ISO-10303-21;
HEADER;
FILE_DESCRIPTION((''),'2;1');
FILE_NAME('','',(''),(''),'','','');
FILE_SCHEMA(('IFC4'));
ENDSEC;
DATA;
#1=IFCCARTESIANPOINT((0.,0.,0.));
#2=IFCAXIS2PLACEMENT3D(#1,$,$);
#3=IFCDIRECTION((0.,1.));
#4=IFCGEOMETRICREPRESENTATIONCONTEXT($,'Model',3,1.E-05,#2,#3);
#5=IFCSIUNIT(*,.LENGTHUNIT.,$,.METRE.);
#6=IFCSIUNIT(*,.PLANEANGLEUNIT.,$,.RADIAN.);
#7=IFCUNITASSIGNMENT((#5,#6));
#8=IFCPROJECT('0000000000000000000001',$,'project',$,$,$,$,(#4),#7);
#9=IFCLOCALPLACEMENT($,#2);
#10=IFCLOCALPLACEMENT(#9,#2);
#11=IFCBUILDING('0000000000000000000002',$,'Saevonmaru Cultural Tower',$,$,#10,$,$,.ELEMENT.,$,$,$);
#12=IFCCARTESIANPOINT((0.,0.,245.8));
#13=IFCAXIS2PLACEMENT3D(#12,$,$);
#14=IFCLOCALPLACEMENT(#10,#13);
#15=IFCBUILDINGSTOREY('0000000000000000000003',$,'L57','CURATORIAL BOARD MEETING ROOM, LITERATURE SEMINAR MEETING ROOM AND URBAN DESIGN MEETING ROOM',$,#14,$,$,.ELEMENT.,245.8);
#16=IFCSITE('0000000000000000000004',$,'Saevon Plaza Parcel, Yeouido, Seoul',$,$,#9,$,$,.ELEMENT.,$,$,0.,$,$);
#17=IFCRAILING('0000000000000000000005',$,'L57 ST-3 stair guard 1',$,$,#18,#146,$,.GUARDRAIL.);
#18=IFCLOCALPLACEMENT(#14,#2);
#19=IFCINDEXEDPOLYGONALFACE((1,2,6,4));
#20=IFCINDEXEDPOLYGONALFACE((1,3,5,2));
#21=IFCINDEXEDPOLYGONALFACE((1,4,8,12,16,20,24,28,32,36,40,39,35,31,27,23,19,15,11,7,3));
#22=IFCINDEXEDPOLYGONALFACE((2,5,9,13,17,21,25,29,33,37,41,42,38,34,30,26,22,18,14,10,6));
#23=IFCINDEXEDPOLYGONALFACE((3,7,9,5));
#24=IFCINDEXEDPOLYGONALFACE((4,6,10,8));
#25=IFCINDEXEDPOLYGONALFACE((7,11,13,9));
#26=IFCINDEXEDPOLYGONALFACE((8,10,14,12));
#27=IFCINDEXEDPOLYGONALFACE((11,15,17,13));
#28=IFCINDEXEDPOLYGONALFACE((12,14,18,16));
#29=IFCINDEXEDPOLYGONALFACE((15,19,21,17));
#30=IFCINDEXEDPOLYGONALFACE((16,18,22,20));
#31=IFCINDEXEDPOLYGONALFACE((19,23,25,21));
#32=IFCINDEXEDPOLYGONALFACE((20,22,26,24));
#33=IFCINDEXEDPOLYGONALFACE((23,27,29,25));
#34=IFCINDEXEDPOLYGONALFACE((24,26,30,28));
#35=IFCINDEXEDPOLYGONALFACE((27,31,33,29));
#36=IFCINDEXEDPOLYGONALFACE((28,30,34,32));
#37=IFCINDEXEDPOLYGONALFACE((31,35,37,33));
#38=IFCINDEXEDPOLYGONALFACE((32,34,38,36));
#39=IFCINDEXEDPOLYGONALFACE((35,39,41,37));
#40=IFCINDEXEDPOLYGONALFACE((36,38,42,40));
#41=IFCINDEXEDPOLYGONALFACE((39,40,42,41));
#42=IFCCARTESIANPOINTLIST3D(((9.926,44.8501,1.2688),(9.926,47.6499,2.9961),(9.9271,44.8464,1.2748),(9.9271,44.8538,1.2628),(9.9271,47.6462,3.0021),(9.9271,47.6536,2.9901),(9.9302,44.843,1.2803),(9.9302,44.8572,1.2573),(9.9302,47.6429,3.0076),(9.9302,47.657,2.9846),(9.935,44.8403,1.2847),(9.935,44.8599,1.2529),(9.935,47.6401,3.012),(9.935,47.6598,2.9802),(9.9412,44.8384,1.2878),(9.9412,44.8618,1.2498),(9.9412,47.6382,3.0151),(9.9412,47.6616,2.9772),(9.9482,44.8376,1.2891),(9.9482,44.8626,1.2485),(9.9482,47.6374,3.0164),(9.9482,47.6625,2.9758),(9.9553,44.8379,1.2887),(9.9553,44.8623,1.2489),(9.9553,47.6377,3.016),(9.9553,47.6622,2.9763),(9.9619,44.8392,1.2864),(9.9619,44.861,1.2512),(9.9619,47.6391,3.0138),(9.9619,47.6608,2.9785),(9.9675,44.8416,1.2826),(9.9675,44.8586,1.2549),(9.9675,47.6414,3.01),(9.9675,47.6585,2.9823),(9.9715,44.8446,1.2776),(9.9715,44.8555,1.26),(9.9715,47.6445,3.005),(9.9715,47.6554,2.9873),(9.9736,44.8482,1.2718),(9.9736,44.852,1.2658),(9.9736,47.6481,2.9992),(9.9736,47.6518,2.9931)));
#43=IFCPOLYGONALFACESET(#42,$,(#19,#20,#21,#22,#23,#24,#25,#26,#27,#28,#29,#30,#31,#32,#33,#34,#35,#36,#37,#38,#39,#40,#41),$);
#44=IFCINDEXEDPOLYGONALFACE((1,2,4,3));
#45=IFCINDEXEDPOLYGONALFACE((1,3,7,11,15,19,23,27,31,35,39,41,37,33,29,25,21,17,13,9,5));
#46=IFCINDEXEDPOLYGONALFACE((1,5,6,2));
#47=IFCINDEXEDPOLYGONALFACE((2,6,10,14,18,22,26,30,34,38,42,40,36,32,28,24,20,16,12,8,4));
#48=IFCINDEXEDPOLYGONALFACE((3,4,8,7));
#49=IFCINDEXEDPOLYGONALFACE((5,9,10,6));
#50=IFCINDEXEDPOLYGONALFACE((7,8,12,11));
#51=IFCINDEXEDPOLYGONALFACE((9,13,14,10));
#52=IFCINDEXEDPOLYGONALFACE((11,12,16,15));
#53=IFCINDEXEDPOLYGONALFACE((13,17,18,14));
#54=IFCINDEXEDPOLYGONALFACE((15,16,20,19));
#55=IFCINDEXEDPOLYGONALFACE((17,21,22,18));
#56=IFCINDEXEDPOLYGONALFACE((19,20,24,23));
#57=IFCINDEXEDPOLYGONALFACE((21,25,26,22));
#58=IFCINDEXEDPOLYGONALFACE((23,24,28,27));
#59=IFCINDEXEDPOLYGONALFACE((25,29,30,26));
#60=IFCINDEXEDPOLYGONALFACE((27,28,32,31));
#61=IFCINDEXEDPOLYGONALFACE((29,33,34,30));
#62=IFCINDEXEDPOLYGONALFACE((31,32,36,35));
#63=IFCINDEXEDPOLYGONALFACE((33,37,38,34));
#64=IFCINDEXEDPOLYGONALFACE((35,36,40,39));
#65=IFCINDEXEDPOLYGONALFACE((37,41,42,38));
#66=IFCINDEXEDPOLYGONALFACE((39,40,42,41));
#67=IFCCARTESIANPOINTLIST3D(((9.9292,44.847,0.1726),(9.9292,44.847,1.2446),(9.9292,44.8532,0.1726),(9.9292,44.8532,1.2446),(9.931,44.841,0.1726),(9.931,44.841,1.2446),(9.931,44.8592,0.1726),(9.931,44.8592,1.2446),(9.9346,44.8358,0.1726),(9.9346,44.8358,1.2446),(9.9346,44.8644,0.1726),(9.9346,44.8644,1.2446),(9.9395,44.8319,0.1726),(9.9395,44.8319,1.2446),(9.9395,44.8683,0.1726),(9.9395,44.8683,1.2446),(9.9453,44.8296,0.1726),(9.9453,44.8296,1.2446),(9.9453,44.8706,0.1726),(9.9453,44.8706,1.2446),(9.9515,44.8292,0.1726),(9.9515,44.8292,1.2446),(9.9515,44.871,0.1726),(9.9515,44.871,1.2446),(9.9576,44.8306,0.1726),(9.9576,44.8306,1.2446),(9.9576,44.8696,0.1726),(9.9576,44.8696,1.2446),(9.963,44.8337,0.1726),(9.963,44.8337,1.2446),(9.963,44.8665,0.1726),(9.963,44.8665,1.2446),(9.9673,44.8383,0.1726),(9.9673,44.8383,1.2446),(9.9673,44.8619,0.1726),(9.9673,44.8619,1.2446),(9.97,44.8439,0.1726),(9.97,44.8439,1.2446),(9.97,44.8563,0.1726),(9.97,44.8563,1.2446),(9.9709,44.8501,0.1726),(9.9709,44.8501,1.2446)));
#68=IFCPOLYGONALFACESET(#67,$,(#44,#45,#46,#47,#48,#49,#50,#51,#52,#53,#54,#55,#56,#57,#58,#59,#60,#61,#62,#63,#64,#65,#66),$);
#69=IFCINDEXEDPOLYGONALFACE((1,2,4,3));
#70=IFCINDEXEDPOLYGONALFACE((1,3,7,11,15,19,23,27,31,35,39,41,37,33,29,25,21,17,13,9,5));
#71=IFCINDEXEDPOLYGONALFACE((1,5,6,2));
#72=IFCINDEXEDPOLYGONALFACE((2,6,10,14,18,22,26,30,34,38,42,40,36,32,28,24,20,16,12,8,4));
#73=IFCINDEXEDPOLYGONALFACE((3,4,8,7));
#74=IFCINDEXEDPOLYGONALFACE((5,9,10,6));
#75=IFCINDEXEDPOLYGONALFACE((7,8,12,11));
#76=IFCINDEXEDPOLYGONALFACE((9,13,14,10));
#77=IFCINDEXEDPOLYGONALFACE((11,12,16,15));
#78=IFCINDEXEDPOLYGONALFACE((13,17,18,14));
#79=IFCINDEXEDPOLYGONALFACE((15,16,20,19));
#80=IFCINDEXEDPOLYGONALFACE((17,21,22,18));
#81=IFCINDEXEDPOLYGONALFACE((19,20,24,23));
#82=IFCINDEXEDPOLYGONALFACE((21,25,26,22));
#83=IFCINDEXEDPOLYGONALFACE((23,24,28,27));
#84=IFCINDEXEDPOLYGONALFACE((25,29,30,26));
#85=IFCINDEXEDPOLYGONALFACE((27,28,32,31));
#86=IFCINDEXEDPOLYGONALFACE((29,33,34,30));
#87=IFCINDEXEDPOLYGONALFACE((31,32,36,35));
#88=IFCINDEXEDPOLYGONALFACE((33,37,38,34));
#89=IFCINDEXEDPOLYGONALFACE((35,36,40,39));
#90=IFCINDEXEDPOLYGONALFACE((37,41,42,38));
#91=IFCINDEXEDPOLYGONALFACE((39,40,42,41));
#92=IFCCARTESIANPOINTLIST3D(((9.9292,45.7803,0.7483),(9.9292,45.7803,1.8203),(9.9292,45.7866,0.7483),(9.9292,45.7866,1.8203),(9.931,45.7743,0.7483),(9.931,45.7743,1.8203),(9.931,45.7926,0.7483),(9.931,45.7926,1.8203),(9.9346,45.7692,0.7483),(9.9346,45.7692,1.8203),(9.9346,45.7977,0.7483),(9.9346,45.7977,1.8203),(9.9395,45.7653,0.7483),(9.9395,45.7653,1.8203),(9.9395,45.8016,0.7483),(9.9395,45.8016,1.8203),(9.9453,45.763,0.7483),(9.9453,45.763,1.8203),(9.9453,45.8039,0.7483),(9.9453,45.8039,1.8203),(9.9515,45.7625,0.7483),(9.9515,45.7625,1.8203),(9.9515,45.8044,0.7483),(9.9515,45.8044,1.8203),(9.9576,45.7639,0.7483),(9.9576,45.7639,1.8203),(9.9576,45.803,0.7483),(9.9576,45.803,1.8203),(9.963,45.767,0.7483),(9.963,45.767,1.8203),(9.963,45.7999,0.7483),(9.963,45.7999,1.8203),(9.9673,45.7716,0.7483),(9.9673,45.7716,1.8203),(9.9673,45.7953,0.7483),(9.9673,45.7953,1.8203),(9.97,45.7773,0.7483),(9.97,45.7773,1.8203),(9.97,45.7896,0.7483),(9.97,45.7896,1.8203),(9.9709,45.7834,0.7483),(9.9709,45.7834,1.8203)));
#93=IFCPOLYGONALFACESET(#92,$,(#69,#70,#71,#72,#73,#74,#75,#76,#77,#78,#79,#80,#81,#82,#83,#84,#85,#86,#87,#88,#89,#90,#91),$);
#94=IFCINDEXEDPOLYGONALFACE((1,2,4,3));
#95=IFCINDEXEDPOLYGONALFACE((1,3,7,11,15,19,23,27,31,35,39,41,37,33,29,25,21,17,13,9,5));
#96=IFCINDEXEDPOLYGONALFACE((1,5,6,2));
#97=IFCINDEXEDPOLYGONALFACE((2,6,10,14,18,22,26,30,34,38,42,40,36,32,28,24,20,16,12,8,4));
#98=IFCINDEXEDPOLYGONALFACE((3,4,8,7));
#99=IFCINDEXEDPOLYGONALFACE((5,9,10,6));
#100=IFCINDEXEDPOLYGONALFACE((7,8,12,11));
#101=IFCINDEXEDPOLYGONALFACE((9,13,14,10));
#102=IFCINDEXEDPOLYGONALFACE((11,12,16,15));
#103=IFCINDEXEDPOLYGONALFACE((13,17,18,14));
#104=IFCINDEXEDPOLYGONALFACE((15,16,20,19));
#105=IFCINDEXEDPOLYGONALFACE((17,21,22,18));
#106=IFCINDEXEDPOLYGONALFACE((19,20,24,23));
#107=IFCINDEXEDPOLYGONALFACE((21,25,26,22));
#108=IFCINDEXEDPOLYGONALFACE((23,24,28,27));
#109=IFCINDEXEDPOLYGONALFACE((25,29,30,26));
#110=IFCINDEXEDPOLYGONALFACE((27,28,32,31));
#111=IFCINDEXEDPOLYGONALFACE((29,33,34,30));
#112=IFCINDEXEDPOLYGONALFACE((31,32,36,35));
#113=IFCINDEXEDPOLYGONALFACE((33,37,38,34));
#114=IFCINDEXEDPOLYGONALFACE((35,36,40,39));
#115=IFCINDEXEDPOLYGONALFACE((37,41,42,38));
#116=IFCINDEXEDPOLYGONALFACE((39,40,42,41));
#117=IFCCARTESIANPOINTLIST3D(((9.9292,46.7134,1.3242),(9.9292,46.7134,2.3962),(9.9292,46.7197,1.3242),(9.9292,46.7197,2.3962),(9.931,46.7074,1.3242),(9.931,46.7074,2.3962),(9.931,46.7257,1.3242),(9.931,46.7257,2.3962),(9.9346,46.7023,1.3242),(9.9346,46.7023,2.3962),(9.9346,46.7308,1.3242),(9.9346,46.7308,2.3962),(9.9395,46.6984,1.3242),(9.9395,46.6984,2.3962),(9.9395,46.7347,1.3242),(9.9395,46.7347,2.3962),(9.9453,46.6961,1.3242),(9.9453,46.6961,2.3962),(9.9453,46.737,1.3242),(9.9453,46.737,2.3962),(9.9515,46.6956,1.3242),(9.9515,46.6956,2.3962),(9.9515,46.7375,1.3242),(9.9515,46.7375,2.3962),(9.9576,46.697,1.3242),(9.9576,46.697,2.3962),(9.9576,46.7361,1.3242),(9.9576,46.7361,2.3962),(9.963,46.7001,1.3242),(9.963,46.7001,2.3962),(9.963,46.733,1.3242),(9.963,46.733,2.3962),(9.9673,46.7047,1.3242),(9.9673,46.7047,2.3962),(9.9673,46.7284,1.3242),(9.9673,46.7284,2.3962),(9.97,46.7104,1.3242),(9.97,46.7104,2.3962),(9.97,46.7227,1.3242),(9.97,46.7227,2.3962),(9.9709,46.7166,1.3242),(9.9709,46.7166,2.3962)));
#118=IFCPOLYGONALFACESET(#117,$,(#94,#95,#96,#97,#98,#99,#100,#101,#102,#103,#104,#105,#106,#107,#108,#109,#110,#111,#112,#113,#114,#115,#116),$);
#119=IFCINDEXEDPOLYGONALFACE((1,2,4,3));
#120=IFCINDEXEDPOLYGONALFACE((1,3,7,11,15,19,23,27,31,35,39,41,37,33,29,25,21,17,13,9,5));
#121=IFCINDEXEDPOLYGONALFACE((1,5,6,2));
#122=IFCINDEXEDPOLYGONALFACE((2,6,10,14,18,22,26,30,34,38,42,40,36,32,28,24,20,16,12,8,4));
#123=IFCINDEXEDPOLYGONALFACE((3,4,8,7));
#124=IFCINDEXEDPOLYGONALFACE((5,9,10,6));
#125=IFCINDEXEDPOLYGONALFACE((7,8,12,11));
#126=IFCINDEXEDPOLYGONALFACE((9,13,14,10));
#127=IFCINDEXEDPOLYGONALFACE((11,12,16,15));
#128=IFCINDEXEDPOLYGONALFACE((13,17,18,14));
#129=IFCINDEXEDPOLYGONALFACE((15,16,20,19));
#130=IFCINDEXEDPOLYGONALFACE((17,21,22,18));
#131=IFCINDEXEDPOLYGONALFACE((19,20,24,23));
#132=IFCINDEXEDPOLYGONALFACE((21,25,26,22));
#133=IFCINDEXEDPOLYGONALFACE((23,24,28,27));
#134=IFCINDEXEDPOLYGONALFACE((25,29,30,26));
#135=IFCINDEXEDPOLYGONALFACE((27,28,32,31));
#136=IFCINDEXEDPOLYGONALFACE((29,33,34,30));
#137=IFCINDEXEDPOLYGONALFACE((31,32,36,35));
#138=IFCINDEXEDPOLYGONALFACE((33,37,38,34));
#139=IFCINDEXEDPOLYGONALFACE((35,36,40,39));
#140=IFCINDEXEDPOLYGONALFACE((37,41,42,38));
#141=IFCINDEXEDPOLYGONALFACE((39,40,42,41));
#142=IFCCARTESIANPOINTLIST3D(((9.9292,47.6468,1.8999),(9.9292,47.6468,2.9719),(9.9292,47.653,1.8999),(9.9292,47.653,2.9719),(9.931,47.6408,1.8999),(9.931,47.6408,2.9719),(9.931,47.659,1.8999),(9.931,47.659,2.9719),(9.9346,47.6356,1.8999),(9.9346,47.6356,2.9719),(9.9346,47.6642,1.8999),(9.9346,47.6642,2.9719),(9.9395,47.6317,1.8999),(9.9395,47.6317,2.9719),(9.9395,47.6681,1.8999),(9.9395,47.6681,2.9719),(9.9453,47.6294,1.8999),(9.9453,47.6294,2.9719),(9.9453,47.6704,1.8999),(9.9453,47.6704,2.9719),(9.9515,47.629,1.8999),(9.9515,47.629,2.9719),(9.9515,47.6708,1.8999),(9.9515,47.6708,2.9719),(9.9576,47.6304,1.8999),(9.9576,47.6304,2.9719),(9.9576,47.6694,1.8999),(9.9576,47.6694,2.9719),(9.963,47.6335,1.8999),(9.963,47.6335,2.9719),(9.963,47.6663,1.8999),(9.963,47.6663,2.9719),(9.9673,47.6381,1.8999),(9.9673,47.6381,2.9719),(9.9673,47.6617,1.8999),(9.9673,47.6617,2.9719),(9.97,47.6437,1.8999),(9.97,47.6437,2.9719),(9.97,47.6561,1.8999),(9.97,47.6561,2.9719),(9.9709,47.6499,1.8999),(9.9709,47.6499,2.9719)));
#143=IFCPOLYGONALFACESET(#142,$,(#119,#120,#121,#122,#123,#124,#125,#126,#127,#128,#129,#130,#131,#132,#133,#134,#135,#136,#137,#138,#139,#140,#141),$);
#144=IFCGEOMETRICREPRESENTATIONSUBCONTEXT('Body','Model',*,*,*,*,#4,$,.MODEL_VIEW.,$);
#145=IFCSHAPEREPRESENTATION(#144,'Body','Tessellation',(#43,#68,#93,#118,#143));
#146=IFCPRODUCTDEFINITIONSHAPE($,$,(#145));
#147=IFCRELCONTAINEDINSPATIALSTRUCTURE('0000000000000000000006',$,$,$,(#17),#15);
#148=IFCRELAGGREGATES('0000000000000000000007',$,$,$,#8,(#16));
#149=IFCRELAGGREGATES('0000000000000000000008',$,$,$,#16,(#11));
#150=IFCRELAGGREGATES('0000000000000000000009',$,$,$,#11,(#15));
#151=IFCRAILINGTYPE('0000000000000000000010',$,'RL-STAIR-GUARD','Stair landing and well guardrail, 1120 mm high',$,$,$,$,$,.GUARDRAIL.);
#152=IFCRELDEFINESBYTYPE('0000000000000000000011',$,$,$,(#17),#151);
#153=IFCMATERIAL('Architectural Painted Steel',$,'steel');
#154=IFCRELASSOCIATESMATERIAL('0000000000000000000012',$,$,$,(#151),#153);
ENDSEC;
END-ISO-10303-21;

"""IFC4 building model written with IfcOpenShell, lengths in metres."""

from ifc_helpers import new_model, si_unit, direction, frame, origin, origin_2d, place, context, subcontext, project, spatial, circle, extrude, material, type_object, element, save


model = new_model("IFC4")

# Units and contexts
model_context = context("Model", 3, precision=1e-05, world=origin(), true_north=direction((0.0, 1.0)))
body_context = subcontext(model_context, "Body", "Model", "MODEL_VIEW")
ifc_project = project(units=[si_unit("LENGTHUNIT", "METRE"), si_unit("PLANEANGLEUNIT", "RADIAN")], contexts=[model_context])

# Site, building, storey
site_placement = place(None, origin())
site = spatial("IfcSite", under=ifc_project, at=site_placement, Name="Saevon Plaza Parcel, Yeouido, Seoul", CompositionType="ELEMENT", RefElevation=0.0)
building_placement = place(site_placement, origin())
building = spatial("IfcBuilding", under=site, at=building_placement, Name="Saevonmaru Cultural Tower", CompositionType="ELEMENT")
storey_placement = place(building_placement, frame((0.0, 0.0, 245.8)))
storey = spatial("IfcBuildingStorey", under=building, at=storey_placement, Name="L57", Description="CURATORIAL BOARD MEETING ROOM, LITERATURE SEMINAR MEETING ROOM AND URBAN DESIGN MEETING ROOM", CompositionType="ELEMENT", Elevation=245.8)

# Railing
ifc_material_1 = material(Name="Architectural Painted Steel", Category="steel")
railing_type_1 = type_object("IfcRailingType", Name="RL-STAIR-GUARD", Description="Stair landing and well guardrail, 1120 mm high", PredefinedType="GUARDRAIL", material=ifc_material_1)
railing_1_placement = place(storey_placement, frame((9.95, 44.8501, 0.1726)))
element("IfcRailing", 1, at=railing_1_placement, inside=storey, type_object=railing_type_1, Name="L57 ST-3 stair guard 1", PredefinedType="GUARDRAIL", context=body_context, shape_type="SweptSolid", body=[
    extrude(circle(Radius=0.0239, at=origin_2d()), frame((0.0, 0.0, 1.0962), z_axis=(0.0, 0.851069, 0.525054), x_axis=(-1.0, 0.0, 0.0)), (0.0, 0.0, 1.0), 3.2898),
    extrude(circle(Radius=0.021, at=origin_2d()), origin(), (0.0, 0.0, 1.0), 1.072),
    extrude(circle(Radius=0.021, at=origin_2d()), frame((0.0, 0.9333, 0.5757)), (0.0, 0.0, 1.0), 1.072),
    extrude(circle(Radius=0.021, at=origin_2d()), frame((0.0, 1.8665, 1.1516)), (0.0, 0.0, 1.0), 1.072),
    extrude(circle(Radius=0.021, at=origin_2d()), frame((0.0, 2.7998, 1.7273)), (0.0, 0.0, 1.0), 1.072),
])

save(model, "model.ifc")
